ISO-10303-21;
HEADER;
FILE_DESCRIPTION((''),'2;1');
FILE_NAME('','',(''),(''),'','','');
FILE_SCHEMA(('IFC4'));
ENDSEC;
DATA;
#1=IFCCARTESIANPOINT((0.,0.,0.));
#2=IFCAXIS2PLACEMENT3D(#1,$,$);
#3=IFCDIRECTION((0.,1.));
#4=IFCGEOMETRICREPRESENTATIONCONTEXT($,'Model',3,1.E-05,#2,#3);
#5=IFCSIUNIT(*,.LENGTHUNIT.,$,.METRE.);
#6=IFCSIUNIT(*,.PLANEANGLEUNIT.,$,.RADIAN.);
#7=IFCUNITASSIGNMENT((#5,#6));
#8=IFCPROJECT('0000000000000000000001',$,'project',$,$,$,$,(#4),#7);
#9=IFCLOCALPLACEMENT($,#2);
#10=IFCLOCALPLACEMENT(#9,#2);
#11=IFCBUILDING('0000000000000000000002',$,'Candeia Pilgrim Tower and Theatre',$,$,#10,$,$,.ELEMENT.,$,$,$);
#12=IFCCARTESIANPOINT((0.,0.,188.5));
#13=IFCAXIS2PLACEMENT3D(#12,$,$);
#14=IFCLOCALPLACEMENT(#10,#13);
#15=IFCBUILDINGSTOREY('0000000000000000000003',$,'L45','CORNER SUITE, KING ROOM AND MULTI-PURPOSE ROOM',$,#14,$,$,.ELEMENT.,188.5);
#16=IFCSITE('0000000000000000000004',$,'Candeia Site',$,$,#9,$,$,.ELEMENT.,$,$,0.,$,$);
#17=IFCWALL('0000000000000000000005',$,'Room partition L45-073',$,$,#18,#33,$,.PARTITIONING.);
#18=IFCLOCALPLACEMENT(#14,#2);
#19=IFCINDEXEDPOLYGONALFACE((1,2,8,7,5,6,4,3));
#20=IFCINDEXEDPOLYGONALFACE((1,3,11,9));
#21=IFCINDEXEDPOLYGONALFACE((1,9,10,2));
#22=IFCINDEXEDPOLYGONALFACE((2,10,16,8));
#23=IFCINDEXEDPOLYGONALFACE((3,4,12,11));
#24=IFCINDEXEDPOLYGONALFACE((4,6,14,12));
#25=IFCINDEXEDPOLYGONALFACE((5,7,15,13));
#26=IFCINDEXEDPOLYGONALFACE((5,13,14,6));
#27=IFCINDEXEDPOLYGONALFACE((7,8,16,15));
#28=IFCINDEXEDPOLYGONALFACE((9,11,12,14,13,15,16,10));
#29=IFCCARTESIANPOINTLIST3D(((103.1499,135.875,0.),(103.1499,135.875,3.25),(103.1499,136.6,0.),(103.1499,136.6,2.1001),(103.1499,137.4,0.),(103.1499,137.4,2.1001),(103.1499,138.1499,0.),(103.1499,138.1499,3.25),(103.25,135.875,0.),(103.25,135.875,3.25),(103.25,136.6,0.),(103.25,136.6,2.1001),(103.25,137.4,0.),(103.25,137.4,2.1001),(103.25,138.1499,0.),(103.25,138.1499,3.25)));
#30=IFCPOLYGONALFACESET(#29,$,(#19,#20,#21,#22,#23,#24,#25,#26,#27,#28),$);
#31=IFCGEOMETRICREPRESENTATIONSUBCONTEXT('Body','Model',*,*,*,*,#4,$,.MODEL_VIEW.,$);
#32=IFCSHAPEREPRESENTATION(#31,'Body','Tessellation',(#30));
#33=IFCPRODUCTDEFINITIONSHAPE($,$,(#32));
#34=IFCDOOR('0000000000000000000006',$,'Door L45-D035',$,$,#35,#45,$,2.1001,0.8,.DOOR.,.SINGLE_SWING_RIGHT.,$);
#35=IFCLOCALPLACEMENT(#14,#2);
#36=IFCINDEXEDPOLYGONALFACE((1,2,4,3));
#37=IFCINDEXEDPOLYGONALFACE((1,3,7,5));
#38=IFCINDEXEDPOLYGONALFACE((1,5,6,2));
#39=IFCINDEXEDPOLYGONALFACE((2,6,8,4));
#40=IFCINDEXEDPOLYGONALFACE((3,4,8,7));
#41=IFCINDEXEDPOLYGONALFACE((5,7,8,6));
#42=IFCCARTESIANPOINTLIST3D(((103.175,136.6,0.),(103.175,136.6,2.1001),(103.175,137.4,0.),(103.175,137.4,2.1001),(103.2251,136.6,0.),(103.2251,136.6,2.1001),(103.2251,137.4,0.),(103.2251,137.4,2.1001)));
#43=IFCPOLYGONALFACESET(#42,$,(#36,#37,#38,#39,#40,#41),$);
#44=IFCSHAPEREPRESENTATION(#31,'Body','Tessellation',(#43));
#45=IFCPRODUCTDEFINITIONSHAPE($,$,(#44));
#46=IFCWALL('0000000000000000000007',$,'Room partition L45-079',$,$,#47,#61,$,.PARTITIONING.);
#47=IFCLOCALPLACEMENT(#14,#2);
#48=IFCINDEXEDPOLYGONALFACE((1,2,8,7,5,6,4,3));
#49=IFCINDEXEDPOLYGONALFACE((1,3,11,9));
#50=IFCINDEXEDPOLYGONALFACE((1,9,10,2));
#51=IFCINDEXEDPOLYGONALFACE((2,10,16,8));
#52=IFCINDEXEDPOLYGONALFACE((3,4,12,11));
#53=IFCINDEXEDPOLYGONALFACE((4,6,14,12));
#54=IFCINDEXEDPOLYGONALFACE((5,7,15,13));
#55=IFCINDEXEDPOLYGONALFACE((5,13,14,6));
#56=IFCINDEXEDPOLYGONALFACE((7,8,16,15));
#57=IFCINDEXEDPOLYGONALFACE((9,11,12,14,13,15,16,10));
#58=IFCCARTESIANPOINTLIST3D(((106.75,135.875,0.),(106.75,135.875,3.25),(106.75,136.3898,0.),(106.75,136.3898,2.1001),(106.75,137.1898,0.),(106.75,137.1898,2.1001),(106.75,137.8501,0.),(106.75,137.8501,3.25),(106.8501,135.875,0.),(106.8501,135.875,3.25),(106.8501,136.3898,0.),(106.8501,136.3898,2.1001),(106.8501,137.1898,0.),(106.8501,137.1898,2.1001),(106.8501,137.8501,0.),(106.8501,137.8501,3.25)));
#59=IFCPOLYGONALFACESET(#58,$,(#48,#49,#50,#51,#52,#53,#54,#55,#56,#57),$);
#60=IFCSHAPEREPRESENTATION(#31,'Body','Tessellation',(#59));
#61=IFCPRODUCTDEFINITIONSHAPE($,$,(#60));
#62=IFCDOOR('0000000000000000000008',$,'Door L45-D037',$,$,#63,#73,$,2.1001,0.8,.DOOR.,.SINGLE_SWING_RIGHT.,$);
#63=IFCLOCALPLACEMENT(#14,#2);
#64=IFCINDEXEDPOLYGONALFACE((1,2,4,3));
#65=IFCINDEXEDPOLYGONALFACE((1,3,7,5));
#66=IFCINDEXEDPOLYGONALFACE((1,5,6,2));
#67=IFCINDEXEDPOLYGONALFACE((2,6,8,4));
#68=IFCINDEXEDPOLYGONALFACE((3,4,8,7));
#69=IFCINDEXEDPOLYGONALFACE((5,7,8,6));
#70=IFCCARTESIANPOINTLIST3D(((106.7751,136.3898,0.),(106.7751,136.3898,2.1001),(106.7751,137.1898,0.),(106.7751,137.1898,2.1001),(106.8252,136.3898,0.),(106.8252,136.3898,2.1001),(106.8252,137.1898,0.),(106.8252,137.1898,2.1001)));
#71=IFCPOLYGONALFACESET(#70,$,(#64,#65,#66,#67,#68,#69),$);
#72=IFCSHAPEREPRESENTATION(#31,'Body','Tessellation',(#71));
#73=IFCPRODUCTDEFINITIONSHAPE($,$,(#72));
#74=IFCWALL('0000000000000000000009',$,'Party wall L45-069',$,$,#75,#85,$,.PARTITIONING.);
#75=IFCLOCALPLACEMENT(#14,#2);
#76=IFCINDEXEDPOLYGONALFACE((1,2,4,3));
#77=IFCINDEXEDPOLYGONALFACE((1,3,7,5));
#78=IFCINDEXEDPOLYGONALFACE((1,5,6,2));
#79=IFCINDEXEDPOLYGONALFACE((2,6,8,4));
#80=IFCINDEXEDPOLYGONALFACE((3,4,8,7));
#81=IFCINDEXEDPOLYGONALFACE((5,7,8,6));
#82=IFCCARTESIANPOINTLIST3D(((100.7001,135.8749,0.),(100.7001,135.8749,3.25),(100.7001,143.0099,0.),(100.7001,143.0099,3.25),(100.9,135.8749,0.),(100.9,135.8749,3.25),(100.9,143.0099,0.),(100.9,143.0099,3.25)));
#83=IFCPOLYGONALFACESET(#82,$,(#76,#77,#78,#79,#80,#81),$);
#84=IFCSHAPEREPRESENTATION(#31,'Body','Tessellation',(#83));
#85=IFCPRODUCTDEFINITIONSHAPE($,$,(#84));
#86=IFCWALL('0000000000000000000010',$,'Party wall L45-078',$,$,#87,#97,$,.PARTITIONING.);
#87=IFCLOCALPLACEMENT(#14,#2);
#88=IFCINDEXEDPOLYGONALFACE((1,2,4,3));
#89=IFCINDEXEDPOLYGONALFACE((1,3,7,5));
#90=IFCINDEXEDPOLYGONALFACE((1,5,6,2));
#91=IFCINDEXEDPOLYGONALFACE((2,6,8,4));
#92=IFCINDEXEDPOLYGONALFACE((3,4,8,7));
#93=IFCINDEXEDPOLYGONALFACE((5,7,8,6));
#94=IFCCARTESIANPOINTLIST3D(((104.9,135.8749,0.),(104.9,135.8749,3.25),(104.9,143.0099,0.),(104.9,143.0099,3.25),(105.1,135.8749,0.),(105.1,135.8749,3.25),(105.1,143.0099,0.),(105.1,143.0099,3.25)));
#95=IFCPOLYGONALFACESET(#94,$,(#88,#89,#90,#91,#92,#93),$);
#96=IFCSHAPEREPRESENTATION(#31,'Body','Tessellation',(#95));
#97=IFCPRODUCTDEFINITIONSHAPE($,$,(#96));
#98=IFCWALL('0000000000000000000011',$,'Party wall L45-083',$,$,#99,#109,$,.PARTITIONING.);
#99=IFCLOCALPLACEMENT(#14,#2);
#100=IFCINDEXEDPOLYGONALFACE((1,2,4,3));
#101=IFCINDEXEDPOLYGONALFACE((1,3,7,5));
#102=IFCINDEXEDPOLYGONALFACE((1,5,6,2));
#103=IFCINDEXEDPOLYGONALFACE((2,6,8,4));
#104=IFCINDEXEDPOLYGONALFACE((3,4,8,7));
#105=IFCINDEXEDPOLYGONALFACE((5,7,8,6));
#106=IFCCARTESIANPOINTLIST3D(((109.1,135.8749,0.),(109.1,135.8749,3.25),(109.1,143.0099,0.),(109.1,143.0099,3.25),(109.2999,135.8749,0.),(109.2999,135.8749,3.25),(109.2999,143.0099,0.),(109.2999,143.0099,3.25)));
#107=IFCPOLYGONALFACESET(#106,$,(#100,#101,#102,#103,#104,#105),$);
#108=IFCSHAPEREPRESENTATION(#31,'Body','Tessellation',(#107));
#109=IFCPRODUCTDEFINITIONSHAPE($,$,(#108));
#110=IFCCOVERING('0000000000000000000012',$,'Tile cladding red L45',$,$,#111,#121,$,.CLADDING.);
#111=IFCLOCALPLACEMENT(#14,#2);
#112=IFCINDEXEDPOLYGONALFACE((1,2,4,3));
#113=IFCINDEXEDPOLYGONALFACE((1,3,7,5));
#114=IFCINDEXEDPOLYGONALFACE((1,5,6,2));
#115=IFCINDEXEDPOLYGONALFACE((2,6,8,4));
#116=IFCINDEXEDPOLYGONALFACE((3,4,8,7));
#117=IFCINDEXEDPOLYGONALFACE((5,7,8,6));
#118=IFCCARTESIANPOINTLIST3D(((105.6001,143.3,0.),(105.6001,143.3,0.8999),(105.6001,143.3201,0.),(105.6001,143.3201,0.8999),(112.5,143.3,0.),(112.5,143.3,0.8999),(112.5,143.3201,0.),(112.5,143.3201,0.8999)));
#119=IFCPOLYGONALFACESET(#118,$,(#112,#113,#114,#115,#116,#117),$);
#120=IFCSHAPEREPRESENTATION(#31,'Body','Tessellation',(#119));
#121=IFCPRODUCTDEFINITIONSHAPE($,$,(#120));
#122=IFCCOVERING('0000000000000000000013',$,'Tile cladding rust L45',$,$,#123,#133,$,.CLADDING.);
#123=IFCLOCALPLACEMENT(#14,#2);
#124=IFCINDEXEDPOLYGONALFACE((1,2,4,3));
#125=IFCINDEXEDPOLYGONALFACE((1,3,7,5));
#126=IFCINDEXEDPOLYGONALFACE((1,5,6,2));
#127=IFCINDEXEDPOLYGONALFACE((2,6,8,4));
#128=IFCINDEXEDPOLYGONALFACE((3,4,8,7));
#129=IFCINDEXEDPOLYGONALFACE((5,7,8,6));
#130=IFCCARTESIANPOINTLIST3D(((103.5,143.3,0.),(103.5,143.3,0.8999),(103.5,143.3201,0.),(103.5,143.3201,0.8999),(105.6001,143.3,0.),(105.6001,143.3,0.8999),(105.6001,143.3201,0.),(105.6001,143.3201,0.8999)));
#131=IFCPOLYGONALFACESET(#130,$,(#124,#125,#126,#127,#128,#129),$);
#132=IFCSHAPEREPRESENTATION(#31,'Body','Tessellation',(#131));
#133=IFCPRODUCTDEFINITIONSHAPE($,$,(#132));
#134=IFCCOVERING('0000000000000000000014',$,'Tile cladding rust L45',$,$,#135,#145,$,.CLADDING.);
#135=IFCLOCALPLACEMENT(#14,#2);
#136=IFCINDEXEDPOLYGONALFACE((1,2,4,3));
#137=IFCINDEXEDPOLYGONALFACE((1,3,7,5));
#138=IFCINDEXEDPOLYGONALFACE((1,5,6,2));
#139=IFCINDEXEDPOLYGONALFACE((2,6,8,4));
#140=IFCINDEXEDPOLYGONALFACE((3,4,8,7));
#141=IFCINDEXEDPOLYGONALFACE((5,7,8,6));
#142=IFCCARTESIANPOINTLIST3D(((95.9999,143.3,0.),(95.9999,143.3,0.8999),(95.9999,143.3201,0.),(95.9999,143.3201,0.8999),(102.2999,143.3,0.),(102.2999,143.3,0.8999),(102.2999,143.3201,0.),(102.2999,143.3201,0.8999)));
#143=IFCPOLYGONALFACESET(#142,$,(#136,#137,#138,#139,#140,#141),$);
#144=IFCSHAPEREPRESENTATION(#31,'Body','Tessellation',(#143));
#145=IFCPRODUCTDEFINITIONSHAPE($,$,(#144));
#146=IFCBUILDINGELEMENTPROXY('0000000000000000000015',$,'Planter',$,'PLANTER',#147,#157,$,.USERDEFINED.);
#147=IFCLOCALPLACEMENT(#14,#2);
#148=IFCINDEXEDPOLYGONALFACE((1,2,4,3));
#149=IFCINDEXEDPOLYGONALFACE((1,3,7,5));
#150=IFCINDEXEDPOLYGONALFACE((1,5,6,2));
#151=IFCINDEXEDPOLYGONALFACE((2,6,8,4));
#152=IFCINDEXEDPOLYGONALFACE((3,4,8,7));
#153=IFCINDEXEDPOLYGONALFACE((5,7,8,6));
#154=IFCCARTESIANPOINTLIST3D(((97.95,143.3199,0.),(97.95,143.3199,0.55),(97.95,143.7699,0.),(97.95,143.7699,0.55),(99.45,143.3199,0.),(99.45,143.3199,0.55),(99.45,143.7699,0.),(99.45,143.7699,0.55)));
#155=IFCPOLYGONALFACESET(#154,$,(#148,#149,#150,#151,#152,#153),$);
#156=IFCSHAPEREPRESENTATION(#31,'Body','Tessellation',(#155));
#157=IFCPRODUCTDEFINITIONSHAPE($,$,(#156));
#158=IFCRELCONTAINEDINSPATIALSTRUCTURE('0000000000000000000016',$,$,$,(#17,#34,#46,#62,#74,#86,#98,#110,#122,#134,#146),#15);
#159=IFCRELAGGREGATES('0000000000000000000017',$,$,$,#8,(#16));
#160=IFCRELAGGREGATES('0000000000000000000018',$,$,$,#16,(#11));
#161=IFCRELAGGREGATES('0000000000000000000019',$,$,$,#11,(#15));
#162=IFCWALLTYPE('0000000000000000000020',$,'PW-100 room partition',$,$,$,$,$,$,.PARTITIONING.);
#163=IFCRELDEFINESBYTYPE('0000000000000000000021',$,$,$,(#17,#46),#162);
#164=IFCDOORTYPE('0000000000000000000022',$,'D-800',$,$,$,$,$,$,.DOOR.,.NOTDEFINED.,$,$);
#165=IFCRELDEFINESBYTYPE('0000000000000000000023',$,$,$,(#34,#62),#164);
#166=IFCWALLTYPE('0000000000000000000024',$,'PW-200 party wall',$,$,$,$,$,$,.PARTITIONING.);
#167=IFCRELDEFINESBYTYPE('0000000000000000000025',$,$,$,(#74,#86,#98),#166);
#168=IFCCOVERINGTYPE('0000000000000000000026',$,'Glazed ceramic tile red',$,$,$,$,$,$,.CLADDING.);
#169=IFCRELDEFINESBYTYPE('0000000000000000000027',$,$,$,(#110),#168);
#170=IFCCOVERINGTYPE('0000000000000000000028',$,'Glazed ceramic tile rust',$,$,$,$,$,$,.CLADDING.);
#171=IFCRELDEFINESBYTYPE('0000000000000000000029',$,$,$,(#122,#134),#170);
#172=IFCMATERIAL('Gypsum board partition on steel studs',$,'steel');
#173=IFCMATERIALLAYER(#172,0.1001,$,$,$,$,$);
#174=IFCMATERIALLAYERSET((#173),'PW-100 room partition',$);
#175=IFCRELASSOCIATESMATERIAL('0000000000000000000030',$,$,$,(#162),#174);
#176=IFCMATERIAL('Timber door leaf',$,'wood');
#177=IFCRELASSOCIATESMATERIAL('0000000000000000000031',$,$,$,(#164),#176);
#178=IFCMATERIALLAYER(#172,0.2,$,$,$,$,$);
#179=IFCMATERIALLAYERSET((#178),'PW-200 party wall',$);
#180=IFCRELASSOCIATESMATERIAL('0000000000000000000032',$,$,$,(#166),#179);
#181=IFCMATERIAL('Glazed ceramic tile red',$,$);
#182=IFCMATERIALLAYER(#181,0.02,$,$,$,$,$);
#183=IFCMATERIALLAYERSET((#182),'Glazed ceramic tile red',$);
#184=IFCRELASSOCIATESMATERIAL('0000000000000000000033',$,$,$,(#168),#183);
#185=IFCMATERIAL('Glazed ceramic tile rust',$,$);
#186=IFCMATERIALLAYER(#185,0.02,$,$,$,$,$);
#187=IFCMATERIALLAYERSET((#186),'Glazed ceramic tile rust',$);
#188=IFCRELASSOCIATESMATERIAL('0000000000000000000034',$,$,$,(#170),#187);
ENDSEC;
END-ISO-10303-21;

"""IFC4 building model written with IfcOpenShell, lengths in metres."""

from ifc_helpers import new_model, si_unit, direction, frame, frame_2d, origin, origin_2d, place, context, subcontext, project, spatial, rectangle, extrude, material, layer, layer_set, type_object, element, fill, save


model = new_model("IFC4")

# Units and contexts
model_context = context("Model", 3, precision=1e-05, world=origin(), true_north=direction((0.0, 1.0)))
body_context = subcontext(model_context, "Body", "Model", "MODEL_VIEW")
ifc_project = project(units=[si_unit("LENGTHUNIT", "METRE"), si_unit("PLANEANGLEUNIT", "RADIAN")], contexts=[model_context])

# Site, building, storey
site_placement = place(None, origin())
site = spatial("IfcSite", under=ifc_project, at=site_placement, Name="Candeia Site", CompositionType="ELEMENT", RefElevation=0.0)
building_placement = place(site_placement, origin())
building = spatial("IfcBuilding", under=site, at=building_placement, Name="Candeia Pilgrim Tower and Theatre", CompositionType="ELEMENT")
storey_placement = place(building_placement, frame((0.0, 0.0, 188.5)))
storey = spatial("IfcBuildingStorey", under=building, at=storey_placement, Name="L45", Description="CORNER SUITE, KING ROOM AND MULTI-PURPOSE ROOM", CompositionType="ELEMENT", Elevation=188.5)

# Shared definitions
ifc_material_1 = material(Name="Gypsum board partition on steel studs", Category="steel")
ifc_layer_1 = layer(ifc_material_1, 0.1001)
ifc_layer_set_1 = layer_set([ifc_layer_1], Name="PW-100 room partition")
wall_type_1 = type_object("IfcWallType", Name="PW-100 room partition", PredefinedType="PARTITIONING", material=ifc_layer_set_1)

# Shared definitions
ifc_material_2 = material(Name="Timber door leaf", Category="wood")

# Walls, openings, doors
wall_1_placement = place(storey_placement, frame((103.2, 135.875, 0.0), z_axis=(0.0, 0.0, 1.0), x_axis=(0.0, 1.0, 0.0)))
wall_1 = element("IfcWall", 1, at=wall_1_placement, inside=storey, type_object=wall_type_1, Name="Room partition L45-073", PredefinedType="PARTITIONING", context=body_context, shape_type="SweptSolid", body=[
    extrude(rectangle(XDim=2.2749, YDim=0.1001, at=frame_2d((1.1375, 0.0))), origin(), (0.0, 0.0, 1.0), 3.25),
])
opening_1_placement = place(wall_1_placement, frame((0.7251, 0.0, 0.0)))
opening_1 = element("IfcOpeningElement", 2, at=opening_1_placement, cuts=wall_1, PredefinedType="OPENING", context=body_context, shape_type="SweptSolid", body=[
    extrude(rectangle(XDim=0.8, YDim=2.1001, at=frame_2d((0.3999, 1.05))), frame((0.0, 0.0601, 0.0), z_axis=(0.0, -1.0, 0.0), x_axis=(1.0, 0.0, 0.0)), (0.0, 0.0, 1.0), 0.1201),
])
door_type_1 = type_object("IfcDoorType", Name="D-800", OperationType="NOTDEFINED", PredefinedType="DOOR", material=ifc_material_2)
door_1_placement = place(opening_1_placement, origin())
door_1 = element("IfcDoor", 3, at=door_1_placement, inside=storey, type_object=door_type_1, Name="Door L45-D035", OperationType="SINGLE_SWING_RIGHT", OverallHeight=2.1001, OverallWidth=0.8, PredefinedType="DOOR", context=body_context, shape_type="SweptSolid", body=[
    extrude(rectangle(XDim=0.8, YDim=2.1001, at=frame_2d((0.3999, 1.05))), frame((0.0, 0.0249, 0.0), z_axis=(0.0, -1.0, 0.0), x_axis=(1.0, 0.0, 0.0)), (0.0, 0.0, 1.0), 0.05),
])
fill(opening_1, door_1)
wall_2_placement = place(storey_placement, frame((106.8, 135.875, 0.0), z_axis=(0.0, 0.0, 1.0), x_axis=(0.0, 1.0, 0.0)))
wall_2 = element("IfcWall", 4, at=wall_2_placement, inside=storey, type_object=wall_type_1, Name="Room partition L45-079", PredefinedType="PARTITIONING", context=body_context, shape_type="SweptSolid", body=[
    extrude(rectangle(XDim=1.9751, YDim=0.1001, at=frame_2d((0.9875, 0.0))), origin(), (0.0, 0.0, 1.0), 3.25),
])
opening_2_placement = place(wall_2_placement, frame((0.5149, 0.0, 0.0)))
opening_2 = element("IfcOpeningElement", 5, at=opening_2_placement, cuts=wall_2, PredefinedType="OPENING", context=body_context, shape_type="SweptSolid", body=[
    extrude(rectangle(XDim=0.8, YDim=2.1001, at=frame_2d((0.3999, 1.05))), frame((0.0, 0.0601, 0.0), z_axis=(0.0, -1.0, 0.0), x_axis=(1.0, 0.0, 0.0)), (0.0, 0.0, 1.0), 0.1201),
])
door_2_placement = place(opening_2_placement, origin())
door_2 = element("IfcDoor", 6, at=door_2_placement, inside=storey, type_object=door_type_1, Name="Door L45-D037", OperationType="SINGLE_SWING_RIGHT", OverallHeight=2.1001, OverallWidth=0.8, PredefinedType="DOOR", context=body_context, shape_type="SweptSolid", body=[
    extrude(rectangle(XDim=0.8, YDim=2.1001, at=frame_2d((0.3999, 1.05))), frame((0.0, 0.0249, 0.0), z_axis=(0.0, -1.0, 0.0), x_axis=(1.0, 0.0, 0.0)), (0.0, 0.0, 1.0), 0.05),
])
fill(opening_2, door_2)

# Walls
ifc_layer_2 = layer(ifc_material_1, 0.2)
ifc_layer_set_2 = layer_set([ifc_layer_2], Name="PW-200 party wall")
wall_type_2 = type_object("IfcWallType", Name="PW-200 party wall", PredefinedType="PARTITIONING", material=ifc_layer_set_2)
for number, where, z_axis, x_axis, name in (
    (7, (100.8, 135.875, 0.0), (0.0, 0.0, 1.0), (0.0, 1.0, 0.0), "Party wall L45-069"),
    (8, (105.0, 135.875, 0.0), (0.0, 0.0, 1.0), (0.0, 1.0, 0.0), "Party wall L45-078"),
    (9, (109.2, 135.875, 0.0), (0.0, 0.0, 1.0), (0.0, 1.0, 0.0), "Party wall L45-083"),
):
    element("IfcWall", number, at=place(storey_placement, frame(where, z_axis=z_axis, x_axis=x_axis)), inside=storey, type_object=wall_type_2, Name=name, PredefinedType="PARTITIONING", context=body_context, shape_type="SweptSolid", body=[
        extrude(rectangle(XDim=7.135, YDim=0.2, at=frame_2d((3.5674, 0.0))), origin(), (0.0, 0.0, 1.0), 3.25),
    ])

# Coverings
ifc_material_3 = material(Name="Glazed ceramic tile red")
ifc_layer_3 = layer(ifc_material_3, 0.02)
ifc_layer_set_3 = layer_set([ifc_layer_3], Name="Glazed ceramic tile red")
covering_type_1 = type_object("IfcCoveringType", Name="Glazed ceramic tile red", PredefinedType="CLADDING", material=ifc_layer_set_3)
covering_1_placement = place(storey_placement, frame((109.05, 143.3101, 0.0), z_axis=(0.0, 0.0, 1.0), x_axis=(-1.0, 0.0, 0.0)))
element("IfcCovering", 10, at=covering_1_placement, inside=storey, type_object=covering_type_1, Name="Tile cladding red L45", PredefinedType="CLADDING", context=body_context, shape_type="SweptSolid", body=[
    extrude(rectangle(XDim=6.8999, YDim=0.02, at=origin_2d()), origin(), (0.0, 0.0, 1.0), 0.8999),
])
ifc_material_4 = material(Name="Glazed ceramic tile rust")
ifc_layer_4 = layer(ifc_material_4, 0.02)
ifc_layer_set_4 = layer_set([ifc_layer_4], Name="Glazed ceramic tile rust")
covering_type_2 = type_object("IfcCoveringType", Name="Glazed ceramic tile rust", PredefinedType="CLADDING", material=ifc_layer_set_4)
covering_2_placement = place(storey_placement, frame((104.55, 143.3101, 0.0), z_axis=(0.0, 0.0, 1.0), x_axis=(-1.0, 0.0, 0.0)))
element("IfcCovering", 11, at=covering_2_placement, inside=storey, type_object=covering_type_2, Name="Tile cladding rust L45", PredefinedType="CLADDING", context=body_context, shape_type="SweptSolid", body=[
    extrude(rectangle(XDim=2.1001, YDim=0.02, at=origin_2d()), origin(), (0.0, 0.0, 1.0), 0.8999),
])
covering_3_placement = place(storey_placement, frame((99.1499, 143.3101, 0.0), z_axis=(0.0, 0.0, 1.0), x_axis=(-1.0, 0.0, 0.0)))
element("IfcCovering", 12, at=covering_3_placement, inside=storey, type_object=covering_type_2, Name="Tile cladding rust L45", PredefinedType="CLADDING", context=body_context, shape_type="SweptSolid", body=[
    extrude(rectangle(XDim=6.3, YDim=0.02, at=origin_2d()), origin(), (0.0, 0.0, 1.0), 0.8999),
])

# Building element proxy
proxy_placement = place(storey_placement, frame((98.7, 143.5449, 0.0), z_axis=(0.0, 0.0, 1.0), x_axis=(-1.0, 0.0, 0.0)))
element("IfcBuildingElementProxy", 13, at=proxy_placement, inside=storey, Name="Planter", ObjectType="PLANTER", PredefinedType="USERDEFINED", context=body_context, shape_type="SweptSolid", body=[
    extrude(rectangle(XDim=1.5, YDim=0.45, at=origin_2d()), origin(), (0.0, 0.0, 1.0), 0.55),
])

save(model, "model.ifc")
